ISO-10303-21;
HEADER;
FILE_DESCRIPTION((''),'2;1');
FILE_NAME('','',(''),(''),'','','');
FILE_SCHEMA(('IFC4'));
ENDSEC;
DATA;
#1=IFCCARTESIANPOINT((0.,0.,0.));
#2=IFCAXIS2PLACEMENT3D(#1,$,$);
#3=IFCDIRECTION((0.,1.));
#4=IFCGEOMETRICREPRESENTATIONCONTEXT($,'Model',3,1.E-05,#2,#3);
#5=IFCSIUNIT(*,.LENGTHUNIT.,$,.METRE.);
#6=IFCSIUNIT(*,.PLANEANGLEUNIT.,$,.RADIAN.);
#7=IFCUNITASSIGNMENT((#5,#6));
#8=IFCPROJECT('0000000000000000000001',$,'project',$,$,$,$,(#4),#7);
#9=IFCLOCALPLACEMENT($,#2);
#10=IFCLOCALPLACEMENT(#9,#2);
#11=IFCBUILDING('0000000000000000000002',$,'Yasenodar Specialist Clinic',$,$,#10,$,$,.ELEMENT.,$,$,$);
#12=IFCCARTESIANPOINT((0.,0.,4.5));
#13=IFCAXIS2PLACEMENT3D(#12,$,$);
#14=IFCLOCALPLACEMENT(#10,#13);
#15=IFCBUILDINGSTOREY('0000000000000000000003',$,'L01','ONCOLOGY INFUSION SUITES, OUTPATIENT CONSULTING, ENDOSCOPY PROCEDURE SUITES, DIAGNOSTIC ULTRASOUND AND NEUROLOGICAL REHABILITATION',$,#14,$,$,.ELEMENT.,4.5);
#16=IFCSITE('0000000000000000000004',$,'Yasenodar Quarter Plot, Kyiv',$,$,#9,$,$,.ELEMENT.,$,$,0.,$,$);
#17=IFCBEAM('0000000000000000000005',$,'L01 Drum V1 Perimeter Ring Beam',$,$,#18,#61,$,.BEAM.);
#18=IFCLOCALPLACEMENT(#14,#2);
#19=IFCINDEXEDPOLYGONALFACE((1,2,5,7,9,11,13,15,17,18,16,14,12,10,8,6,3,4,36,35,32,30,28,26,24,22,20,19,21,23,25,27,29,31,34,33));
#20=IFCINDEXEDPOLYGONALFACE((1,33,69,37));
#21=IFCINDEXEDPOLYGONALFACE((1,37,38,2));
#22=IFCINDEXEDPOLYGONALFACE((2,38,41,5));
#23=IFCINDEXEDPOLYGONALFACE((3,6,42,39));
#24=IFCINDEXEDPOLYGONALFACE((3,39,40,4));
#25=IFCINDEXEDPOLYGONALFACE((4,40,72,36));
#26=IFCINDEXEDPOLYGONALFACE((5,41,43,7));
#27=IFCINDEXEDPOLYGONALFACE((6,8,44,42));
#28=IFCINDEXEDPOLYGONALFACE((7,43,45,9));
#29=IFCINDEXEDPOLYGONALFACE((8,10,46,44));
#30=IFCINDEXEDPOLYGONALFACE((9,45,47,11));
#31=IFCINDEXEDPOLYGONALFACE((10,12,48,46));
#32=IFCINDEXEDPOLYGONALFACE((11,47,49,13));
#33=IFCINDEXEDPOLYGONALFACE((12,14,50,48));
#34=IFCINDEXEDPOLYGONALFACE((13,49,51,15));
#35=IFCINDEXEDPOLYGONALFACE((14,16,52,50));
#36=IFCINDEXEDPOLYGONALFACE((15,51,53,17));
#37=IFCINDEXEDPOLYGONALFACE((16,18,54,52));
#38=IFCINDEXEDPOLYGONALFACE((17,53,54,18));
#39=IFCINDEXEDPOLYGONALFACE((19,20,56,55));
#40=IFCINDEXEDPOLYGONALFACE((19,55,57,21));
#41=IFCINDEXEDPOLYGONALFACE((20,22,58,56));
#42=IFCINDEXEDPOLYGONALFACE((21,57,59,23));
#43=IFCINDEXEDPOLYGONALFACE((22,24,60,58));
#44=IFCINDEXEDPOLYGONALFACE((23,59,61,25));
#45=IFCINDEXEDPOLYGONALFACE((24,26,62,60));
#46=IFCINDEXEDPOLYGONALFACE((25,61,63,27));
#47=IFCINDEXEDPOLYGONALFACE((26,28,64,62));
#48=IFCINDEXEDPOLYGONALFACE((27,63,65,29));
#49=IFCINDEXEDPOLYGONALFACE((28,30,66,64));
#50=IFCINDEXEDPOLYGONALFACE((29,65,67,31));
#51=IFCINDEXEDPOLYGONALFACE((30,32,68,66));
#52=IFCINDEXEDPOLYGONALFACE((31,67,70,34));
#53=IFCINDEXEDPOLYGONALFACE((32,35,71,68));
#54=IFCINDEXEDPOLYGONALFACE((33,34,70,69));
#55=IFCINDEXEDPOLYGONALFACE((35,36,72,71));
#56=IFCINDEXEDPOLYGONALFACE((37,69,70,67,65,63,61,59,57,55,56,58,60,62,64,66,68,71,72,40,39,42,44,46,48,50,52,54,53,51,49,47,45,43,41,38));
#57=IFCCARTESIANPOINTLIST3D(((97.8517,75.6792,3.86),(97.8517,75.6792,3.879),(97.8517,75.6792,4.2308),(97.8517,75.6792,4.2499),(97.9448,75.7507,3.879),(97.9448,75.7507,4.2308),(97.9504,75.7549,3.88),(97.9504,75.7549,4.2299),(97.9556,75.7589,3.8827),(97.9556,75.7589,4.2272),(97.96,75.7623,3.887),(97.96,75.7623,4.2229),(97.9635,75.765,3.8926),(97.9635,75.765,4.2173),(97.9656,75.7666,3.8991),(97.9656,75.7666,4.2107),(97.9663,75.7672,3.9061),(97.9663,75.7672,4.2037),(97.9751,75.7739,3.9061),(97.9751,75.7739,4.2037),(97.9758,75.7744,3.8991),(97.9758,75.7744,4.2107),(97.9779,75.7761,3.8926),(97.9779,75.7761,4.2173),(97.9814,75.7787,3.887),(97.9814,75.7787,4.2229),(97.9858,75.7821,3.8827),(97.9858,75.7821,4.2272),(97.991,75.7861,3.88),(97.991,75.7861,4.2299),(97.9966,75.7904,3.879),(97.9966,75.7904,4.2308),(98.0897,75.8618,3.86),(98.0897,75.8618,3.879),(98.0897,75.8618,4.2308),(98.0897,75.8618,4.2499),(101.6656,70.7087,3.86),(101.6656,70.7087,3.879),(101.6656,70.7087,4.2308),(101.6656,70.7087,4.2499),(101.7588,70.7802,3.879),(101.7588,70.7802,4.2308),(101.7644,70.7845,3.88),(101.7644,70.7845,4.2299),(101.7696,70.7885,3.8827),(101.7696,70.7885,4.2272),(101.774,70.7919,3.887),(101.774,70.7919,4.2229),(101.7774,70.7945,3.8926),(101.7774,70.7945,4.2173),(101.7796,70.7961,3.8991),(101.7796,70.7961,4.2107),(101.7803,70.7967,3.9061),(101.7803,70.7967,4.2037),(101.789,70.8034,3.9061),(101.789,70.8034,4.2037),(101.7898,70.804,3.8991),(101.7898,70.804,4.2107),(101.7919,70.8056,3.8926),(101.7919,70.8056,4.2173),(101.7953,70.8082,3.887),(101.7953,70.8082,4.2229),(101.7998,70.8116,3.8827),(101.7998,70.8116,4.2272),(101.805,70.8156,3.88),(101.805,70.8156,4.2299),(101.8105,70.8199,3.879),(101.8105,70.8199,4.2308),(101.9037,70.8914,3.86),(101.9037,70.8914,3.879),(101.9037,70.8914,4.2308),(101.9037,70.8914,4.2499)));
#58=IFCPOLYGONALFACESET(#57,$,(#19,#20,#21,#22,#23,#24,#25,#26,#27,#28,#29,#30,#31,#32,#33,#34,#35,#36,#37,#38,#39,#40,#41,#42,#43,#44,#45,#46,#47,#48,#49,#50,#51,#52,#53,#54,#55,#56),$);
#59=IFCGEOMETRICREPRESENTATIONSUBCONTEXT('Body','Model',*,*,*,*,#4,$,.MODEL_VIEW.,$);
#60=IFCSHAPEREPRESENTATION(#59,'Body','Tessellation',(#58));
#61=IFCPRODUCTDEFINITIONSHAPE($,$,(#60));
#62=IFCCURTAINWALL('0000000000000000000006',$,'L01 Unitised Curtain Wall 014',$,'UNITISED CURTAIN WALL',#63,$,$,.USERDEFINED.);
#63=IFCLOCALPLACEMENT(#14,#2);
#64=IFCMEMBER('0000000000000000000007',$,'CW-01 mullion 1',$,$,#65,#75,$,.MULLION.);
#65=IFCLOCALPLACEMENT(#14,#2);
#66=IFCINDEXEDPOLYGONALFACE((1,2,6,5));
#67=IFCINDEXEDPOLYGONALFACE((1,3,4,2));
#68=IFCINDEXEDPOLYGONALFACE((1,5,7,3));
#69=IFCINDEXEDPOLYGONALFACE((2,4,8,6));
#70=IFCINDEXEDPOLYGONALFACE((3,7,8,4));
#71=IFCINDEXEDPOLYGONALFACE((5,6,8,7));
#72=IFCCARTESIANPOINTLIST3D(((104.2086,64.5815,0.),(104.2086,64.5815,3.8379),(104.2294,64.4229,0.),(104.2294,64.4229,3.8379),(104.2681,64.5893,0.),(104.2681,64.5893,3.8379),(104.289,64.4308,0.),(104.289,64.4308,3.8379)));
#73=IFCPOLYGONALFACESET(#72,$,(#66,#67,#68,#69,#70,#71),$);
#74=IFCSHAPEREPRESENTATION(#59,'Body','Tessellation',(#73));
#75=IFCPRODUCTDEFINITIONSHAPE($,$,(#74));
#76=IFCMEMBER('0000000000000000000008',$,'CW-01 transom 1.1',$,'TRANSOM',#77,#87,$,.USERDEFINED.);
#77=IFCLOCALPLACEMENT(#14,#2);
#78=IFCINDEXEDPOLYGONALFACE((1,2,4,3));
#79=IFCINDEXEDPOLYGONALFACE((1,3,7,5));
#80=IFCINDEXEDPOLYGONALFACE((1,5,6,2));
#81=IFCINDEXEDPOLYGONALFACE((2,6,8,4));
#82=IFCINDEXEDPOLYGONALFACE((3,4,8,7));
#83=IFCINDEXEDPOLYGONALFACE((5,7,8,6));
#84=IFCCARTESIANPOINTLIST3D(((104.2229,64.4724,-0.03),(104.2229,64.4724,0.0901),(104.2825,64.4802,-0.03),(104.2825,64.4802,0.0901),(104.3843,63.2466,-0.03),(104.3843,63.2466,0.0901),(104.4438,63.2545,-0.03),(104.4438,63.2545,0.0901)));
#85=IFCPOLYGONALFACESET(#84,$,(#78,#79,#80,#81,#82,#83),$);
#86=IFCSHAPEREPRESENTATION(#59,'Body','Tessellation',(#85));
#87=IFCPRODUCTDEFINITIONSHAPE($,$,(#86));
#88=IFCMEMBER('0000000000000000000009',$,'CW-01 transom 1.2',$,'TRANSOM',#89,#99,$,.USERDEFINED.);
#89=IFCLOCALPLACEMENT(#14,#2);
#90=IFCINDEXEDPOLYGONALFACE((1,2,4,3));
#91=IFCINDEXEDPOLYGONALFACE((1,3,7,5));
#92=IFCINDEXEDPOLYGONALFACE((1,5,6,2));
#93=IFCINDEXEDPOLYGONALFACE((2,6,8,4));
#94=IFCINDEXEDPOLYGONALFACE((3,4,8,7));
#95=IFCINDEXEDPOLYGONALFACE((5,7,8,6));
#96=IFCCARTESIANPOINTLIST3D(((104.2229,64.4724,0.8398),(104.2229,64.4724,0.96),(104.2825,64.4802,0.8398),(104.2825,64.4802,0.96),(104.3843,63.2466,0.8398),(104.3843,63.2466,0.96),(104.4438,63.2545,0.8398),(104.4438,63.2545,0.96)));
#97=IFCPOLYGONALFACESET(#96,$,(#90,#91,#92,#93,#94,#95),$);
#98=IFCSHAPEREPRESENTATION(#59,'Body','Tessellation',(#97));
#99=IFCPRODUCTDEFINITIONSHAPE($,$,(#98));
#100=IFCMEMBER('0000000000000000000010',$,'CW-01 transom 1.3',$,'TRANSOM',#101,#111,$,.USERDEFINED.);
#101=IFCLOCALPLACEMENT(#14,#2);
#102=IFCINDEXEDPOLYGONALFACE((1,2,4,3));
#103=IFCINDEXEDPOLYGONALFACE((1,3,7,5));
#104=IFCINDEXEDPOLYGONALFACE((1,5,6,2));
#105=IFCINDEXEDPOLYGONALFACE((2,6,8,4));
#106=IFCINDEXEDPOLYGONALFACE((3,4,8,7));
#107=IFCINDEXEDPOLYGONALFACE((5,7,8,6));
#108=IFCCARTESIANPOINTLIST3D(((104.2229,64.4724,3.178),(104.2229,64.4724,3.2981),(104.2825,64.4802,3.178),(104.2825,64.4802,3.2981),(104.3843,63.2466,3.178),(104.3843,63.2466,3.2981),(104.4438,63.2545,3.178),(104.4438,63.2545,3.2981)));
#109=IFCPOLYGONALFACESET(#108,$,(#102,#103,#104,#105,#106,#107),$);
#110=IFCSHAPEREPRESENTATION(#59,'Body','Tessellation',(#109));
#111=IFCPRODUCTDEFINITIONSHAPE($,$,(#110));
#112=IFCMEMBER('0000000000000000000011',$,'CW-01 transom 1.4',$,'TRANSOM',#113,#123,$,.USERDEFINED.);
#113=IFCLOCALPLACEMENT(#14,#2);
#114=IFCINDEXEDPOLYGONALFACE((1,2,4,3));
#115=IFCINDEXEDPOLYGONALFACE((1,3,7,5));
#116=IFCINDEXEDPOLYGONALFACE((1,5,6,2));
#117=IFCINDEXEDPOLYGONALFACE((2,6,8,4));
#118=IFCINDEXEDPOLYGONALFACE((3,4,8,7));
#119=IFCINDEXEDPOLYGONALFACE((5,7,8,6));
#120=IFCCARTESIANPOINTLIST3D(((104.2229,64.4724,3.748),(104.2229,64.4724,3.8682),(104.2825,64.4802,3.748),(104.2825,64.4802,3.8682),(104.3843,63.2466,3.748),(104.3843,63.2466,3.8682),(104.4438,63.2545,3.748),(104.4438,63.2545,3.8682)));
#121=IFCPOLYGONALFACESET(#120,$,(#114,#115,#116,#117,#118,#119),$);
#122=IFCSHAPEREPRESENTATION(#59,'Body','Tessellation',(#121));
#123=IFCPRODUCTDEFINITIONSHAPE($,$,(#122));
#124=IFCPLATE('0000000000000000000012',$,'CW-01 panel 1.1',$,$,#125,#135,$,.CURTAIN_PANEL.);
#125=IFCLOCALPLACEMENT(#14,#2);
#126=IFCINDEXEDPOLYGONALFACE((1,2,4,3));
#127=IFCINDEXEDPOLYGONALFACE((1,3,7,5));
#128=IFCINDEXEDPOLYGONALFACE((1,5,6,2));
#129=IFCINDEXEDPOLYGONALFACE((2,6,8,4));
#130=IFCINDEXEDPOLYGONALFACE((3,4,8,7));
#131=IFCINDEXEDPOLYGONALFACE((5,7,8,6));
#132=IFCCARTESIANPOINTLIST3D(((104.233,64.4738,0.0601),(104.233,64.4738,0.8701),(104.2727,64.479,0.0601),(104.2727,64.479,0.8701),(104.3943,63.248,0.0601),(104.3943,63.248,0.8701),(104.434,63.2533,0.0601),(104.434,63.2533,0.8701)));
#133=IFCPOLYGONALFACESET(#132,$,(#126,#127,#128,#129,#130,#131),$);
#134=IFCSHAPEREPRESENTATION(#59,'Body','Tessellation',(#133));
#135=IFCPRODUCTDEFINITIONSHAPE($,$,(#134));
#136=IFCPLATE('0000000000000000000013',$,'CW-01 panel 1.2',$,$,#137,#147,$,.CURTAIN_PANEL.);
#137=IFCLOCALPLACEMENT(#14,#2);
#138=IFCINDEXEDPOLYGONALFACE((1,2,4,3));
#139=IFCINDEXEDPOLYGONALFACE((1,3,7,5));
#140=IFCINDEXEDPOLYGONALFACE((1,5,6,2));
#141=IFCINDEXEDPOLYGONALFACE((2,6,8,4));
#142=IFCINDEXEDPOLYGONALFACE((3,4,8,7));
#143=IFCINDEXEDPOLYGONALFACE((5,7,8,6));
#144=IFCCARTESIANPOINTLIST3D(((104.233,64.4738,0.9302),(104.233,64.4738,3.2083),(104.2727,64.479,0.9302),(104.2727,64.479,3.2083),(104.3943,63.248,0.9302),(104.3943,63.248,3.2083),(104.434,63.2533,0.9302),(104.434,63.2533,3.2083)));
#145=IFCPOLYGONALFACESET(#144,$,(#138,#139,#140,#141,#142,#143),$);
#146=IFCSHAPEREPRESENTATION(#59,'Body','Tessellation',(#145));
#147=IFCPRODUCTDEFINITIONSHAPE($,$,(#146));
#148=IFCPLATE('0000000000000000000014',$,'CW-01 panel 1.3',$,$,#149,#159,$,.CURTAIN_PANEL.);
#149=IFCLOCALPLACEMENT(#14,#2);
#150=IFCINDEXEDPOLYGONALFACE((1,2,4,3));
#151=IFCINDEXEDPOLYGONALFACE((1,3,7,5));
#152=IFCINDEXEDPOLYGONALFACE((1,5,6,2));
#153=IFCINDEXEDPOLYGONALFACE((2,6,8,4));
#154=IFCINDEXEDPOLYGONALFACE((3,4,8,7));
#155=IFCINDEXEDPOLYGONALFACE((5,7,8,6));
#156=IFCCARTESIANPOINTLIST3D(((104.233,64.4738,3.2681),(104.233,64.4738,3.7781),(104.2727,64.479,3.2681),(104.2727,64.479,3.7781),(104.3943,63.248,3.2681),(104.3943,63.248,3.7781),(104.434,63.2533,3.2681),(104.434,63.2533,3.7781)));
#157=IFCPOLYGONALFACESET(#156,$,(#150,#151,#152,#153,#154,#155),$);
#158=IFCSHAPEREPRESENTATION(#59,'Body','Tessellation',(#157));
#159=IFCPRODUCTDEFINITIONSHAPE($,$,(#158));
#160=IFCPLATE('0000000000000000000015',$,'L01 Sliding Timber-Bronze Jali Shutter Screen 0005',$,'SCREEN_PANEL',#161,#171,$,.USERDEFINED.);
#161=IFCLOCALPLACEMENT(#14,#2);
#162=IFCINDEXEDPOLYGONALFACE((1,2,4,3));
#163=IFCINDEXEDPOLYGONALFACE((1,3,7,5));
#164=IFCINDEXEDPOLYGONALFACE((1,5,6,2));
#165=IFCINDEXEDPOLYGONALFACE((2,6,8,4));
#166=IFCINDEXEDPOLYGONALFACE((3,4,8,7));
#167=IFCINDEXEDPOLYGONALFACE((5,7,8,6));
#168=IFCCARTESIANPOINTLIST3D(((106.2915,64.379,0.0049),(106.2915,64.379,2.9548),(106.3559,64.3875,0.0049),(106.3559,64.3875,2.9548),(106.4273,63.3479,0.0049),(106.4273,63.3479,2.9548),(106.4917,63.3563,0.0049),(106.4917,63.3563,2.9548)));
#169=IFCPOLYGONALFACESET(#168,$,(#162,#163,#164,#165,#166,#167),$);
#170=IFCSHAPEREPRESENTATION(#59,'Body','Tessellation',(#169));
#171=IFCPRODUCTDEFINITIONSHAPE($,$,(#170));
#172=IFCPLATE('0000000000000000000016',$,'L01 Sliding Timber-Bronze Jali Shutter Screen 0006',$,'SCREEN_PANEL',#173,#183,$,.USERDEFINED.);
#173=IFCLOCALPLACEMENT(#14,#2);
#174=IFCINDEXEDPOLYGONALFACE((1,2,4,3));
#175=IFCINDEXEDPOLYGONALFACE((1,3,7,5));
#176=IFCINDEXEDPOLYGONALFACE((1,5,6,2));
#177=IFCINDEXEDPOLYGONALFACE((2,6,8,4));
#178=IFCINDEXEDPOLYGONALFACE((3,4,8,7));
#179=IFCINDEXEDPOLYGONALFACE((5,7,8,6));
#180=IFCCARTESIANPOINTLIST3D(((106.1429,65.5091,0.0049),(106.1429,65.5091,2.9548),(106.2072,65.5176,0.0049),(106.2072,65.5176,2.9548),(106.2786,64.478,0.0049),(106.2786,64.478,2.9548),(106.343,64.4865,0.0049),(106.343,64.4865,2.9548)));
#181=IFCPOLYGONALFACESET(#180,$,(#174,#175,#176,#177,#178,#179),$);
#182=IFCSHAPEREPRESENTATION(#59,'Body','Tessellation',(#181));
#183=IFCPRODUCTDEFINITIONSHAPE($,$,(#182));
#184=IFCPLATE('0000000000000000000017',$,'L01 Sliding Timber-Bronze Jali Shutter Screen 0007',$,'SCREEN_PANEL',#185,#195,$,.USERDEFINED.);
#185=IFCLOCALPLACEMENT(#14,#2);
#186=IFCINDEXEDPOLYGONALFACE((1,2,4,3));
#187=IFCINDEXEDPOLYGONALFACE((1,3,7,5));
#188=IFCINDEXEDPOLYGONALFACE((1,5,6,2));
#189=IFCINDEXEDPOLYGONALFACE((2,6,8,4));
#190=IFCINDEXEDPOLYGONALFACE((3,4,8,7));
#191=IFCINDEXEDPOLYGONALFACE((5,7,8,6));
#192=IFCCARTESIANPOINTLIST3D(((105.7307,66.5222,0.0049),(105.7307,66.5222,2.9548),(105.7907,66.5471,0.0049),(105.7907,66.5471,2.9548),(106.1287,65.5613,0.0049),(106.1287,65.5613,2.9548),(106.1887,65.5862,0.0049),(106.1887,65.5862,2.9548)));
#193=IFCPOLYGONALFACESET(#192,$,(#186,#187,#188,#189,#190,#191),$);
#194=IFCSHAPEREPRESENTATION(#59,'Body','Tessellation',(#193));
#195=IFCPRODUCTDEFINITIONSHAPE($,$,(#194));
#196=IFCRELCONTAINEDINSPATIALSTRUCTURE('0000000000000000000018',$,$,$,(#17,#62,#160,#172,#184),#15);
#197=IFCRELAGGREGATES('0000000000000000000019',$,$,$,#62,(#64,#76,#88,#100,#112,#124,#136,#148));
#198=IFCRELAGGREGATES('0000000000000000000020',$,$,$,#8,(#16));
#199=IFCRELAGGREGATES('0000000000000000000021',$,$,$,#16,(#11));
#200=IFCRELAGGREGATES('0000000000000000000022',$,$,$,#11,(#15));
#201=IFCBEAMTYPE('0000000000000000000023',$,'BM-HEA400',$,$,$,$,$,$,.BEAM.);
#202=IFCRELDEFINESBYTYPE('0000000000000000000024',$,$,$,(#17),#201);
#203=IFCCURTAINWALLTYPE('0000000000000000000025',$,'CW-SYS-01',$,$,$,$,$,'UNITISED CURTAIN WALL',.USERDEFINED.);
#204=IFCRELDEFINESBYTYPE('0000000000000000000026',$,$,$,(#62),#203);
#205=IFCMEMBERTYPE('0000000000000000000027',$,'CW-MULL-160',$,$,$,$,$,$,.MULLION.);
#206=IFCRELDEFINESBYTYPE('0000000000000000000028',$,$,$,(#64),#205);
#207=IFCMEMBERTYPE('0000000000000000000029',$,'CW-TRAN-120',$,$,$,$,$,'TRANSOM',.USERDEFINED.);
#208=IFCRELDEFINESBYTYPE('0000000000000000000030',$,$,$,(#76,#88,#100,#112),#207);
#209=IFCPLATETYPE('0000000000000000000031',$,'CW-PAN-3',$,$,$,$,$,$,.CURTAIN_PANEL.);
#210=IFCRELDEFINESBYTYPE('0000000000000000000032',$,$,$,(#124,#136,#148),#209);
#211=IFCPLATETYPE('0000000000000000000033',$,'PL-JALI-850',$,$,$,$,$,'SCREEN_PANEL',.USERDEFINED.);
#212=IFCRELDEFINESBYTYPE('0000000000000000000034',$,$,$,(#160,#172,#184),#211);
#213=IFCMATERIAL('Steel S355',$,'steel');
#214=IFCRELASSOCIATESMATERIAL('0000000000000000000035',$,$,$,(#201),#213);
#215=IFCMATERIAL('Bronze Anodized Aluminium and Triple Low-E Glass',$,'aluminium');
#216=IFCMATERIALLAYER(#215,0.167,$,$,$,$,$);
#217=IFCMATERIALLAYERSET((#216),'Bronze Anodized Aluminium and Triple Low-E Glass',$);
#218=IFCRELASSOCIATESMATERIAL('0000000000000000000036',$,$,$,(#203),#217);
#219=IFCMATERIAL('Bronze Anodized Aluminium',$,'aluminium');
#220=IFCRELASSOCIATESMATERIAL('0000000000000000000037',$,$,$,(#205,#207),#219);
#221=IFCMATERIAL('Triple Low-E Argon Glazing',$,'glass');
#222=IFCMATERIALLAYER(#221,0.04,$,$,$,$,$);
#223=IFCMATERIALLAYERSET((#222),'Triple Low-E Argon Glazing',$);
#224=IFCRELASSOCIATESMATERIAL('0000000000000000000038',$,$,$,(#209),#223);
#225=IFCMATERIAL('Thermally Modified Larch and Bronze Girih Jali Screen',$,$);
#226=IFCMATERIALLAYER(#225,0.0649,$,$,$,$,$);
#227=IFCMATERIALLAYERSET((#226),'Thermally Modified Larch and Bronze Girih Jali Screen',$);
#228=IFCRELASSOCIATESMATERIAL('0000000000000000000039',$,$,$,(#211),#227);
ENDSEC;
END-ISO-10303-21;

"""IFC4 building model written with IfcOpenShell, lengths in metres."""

from ifc_helpers import new_model, si_unit, direction, frame, origin, origin_2d, place, context, subcontext, project, spatial, rectangle, i_section, extrude, material, layer, layer_set, material_profile, profile_set, type_object, element, aggregate, save


model = new_model("IFC4")

# Units and contexts
model_context = context("Model", 3, precision=1e-05, world=origin(), true_north=direction((0.0, 1.0)))
body_context = subcontext(model_context, "Body", "Model", "MODEL_VIEW")
ifc_project = project(units=[si_unit("LENGTHUNIT", "METRE"), si_unit("PLANEANGLEUNIT", "RADIAN")], contexts=[model_context])

# Site, building, storey
site_placement = place(None, origin())
site = spatial("IfcSite", under=ifc_project, at=site_placement, Name="Yasenodar Quarter Plot, Kyiv", CompositionType="ELEMENT", RefElevation=0.0)
building_placement = place(site_placement, origin())
building = spatial("IfcBuilding", under=site, at=building_placement, Name="Yasenodar Specialist Clinic", CompositionType="ELEMENT")
storey_placement = place(building_placement, frame((0.0, 0.0, 4.5)))
storey = spatial("IfcBuildingStorey", under=building, at=storey_placement, Name="L01", Description="ONCOLOGY INFUSION SUITES, OUTPATIENT CONSULTING, ENDOSCOPY PROCEDURE SUITES, DIAGNOSTIC ULTRASOUND AND NEUROLOGICAL REHABILITATION", CompositionType="ELEMENT", Elevation=4.5)

# Shared definitions
ifc_material_1 = material(Name="Steel S355", Category="steel")

# Beam
ifc_material_profile_1 = material_profile(ifc_material_1, i_section(OverallWidth=0.3, OverallDepth=0.3899, WebThickness=0.011, FlangeThickness=0.019, FilletRadius=0.0271, at=origin_2d()), Name="HEA 400")
ifc_profile_set_1 = profile_set([ifc_material_profile_1], Name="Steel S355")
beam_type = type_object("IfcBeamType", Name="BM-HEA400", PredefinedType="BEAM", material=ifc_profile_set_1)
for number, where, z_axis, x_axis, name in (
    (1, (101.7847, 70.8, 4.0549), (-0.608761, 0.793354, 0.0), (-0.793354, -0.608761, 0.0), "L01 Drum V1 Perimeter Ring Beam"),
):
    element("IfcBeam", number, at=place(storey_placement, frame(where, z_axis=z_axis, x_axis=x_axis)), inside=storey, type_object=beam_type, Name=name, PredefinedType="BEAM", context=body_context, shape_type="SweptSolid", body=[
        extrude(i_section(OverallWidth=0.3, OverallDepth=0.3899, WebThickness=0.011, FlangeThickness=0.019, FilletRadius=0.0271, at=origin_2d()), origin(), (0.0, 0.0, 1.0), 6.2651),
    ])

# Curtain wall, members, plates
ifc_material_2 = material(Name="Bronze Anodized Aluminium and Triple Low-E Glass", Category="aluminium")
ifc_layer_1 = layer(ifc_material_2, 0.167)
ifc_layer_set_1 = layer_set([ifc_layer_1], Name="Bronze Anodized Aluminium and Triple Low-E Glass")
curtain_wall_type = type_object("IfcCurtainWallType", Name="CW-SYS-01", ElementType="UNITISED CURTAIN WALL", PredefinedType="USERDEFINED", material=ifc_layer_set_1)
curtain_wall_placement = place(storey_placement, origin())
curtain_wall = element("IfcCurtainWall", 2, at=curtain_wall_placement, inside=storey, type_object=curtain_wall_type, Name="L01 Unitised Curtain Wall 014", ObjectType="UNITISED CURTAIN WALL", PredefinedType="USERDEFINED")
ifc_material_3 = material(Name="Bronze Anodized Aluminium", Category="aluminium")
ifc_material_profile_2 = material_profile(ifc_material_3, rectangle(XDim=0.0601, YDim=0.1599, at=origin_2d()), Name="CW-MULL 60x160")
ifc_profile_set_2 = profile_set([ifc_material_profile_2], Name="Bronze Anodized Aluminium")
member_type_1 = type_object("IfcMemberType", Name="CW-MULL-160", PredefinedType="MULLION", material=ifc_profile_set_2)
member_1_placement = place(storey_placement, frame((104.2488, 64.5061, 0.0), z_axis=(0.0, 0.0, 1.0), x_axis=(0.991447, 0.130512, 0.0)))
member_1 = element("IfcMember", 3, at=member_1_placement, type_object=member_type_1, Name="CW-01 mullion 1", PredefinedType="MULLION", context=body_context, shape_type="SweptSolid", body=[
    extrude(rectangle(XDim=0.0601, YDim=0.1599, at=origin_2d()), origin(), (0.0, 0.0, 1.0), 3.8379),
])
ifc_material_profile_3 = material_profile(ifc_material_3, rectangle(XDim=0.0601, YDim=0.1201, at=origin_2d()), Name="CW-TRAN 60x120")
ifc_profile_set_3 = profile_set([ifc_material_profile_3], Name="Bronze Anodized Aluminium")
member_type_2 = type_object("IfcMemberType", Name="CW-TRAN-120", ElementType="TRANSOM", PredefinedType="USERDEFINED", material=ifc_profile_set_3)
member_2_placement = place(storey_placement, frame((104.2527, 64.4763, 0.03), z_axis=(0.130521, -0.991446, 0.0), x_axis=(0.991446, 0.130521, 0.0)))
member_2 = element("IfcMember", 4, at=member_2_placement, type_object=member_type_2, Name="CW-01 transom 1.1", ObjectType="TRANSOM", PredefinedType="USERDEFINED", context=body_context, shape_type="SweptSolid", body=[
    extrude(rectangle(XDim=0.0601, YDim=0.1201, at=origin_2d()), origin(), (0.0, 0.0, 1.0), 1.2363),
])
member_3_placement = place(storey_placement, frame((104.2527, 64.4763, 0.8999), z_axis=(0.130521, -0.991446, 0.0), x_axis=(0.991446, 0.130521, 0.0)))
member_3 = element("IfcMember", 5, at=member_3_placement, type_object=member_type_2, Name="CW-01 transom 1.2", ObjectType="TRANSOM", PredefinedType="USERDEFINED", context=body_context, shape_type="SweptSolid", body=[
    extrude(rectangle(XDim=0.0601, YDim=0.1201, at=origin_2d()), origin(), (0.0, 0.0, 1.0), 1.2363),
])
member_4_placement = place(storey_placement, frame((104.2527, 64.4763, 3.238), z_axis=(0.130521, -0.991446, 0.0), x_axis=(0.991446, 0.130521, 0.0)))
member_4 = element("IfcMember", 6, at=member_4_placement, type_object=member_type_2, Name="CW-01 transom 1.3", ObjectType="TRANSOM", PredefinedType="USERDEFINED", context=body_context, shape_type="SweptSolid", body=[
    extrude(rectangle(XDim=0.0601, YDim=0.1201, at=origin_2d()), origin(), (0.0, 0.0, 1.0), 1.2363),
])
member_5_placement = place(storey_placement, frame((104.2527, 64.4763, 3.8081), z_axis=(0.130521, -0.991446, 0.0), x_axis=(0.991446, 0.130521, 0.0)))
member_5 = element("IfcMember", 7, at=member_5_placement, type_object=member_type_2, Name="CW-01 transom 1.4", ObjectType="TRANSOM", PredefinedType="USERDEFINED", context=body_context, shape_type="SweptSolid", body=[
    extrude(rectangle(XDim=0.0601, YDim=0.1201, at=origin_2d()), origin(), (0.0, 0.0, 1.0), 1.2363),
])
ifc_material_4 = material(Name="Triple Low-E Argon Glazing", Category="glass")
ifc_layer_2 = layer(ifc_material_4, 0.04)
ifc_layer_set_2 = layer_set([ifc_layer_2], Name="Triple Low-E Argon Glazing")
plate_type_1 = type_object("IfcPlateType", Name="CW-PAN-3", PredefinedType="CURTAIN_PANEL", material=ifc_layer_set_2)
plate_1_placement = place(storey_placement, frame((104.3335, 63.8635, 0.0601), z_axis=(0.0, 0.0, 1.0), x_axis=(0.130512, -0.991447, 0.0)))
plate_1 = element("IfcPlate", 8, at=plate_1_placement, type_object=plate_type_1, Name="CW-01 panel 1.1", PredefinedType="CURTAIN_PANEL", context=body_context, shape_type="SweptSolid", body=[
    extrude(rectangle(XDim=1.2363, YDim=0.04, at=origin_2d()), origin(), (0.0, 0.0, 1.0), 0.8101),
])
plate_2_placement = place(storey_placement, frame((104.3335, 63.8635, 0.9302), z_axis=(0.0, 0.0, 1.0), x_axis=(0.130512, -0.991447, 0.0)))
plate_2 = element("IfcPlate", 9, at=plate_2_placement, type_object=plate_type_1, Name="CW-01 panel 1.2", PredefinedType="CURTAIN_PANEL", context=body_context, shape_type="SweptSolid", body=[
    extrude(rectangle(XDim=1.2363, YDim=0.04, at=origin_2d()), origin(), (0.0, 0.0, 1.0), 2.2781),
])
plate_3_placement = place(storey_placement, frame((104.3335, 63.8635, 3.2681), z_axis=(0.0, 0.0, 1.0), x_axis=(0.130512, -0.991447, 0.0)))
plate_3 = element("IfcPlate", 10, at=plate_3_placement, type_object=plate_type_1, Name="CW-01 panel 1.3", PredefinedType="CURTAIN_PANEL", context=body_context, shape_type="SweptSolid", body=[
    extrude(rectangle(XDim=1.2363, YDim=0.04, at=origin_2d()), origin(), (0.0, 0.0, 1.0), 0.51),
])
aggregate(curtain_wall, [member_1, member_2, member_3, member_4, member_5, plate_1, plate_2, plate_3])

# Plates
ifc_material_5 = material(Name="Thermally Modified Larch and Bronze Girih Jali Screen")
ifc_layer_3 = layer(ifc_material_5, 0.0649)
ifc_layer_set_3 = layer_set([ifc_layer_3], Name="Thermally Modified Larch and Bronze Girih Jali Screen")
plate_type_2 = type_object("IfcPlateType", Name="PL-JALI-850", ElementType="SCREEN_PANEL", PredefinedType="USERDEFINED", material=ifc_layer_set_3)
for number, where, z_axis, x_axis, name in (
    (11, (106.3916, 63.8677, 0.0049), (0.0, 0.0, 1.0), (-0.130519, 0.991446, 0.0), "L01 Sliding Timber-Bronze Jali Shutter Screen 0005"),
    (12, (106.2429, 64.9978, 0.0049), (0.0, 0.0, 1.0), (-0.130519, 0.991446, 0.0), "L01 Sliding Timber-Bronze Jali Shutter Screen 0006"),
    (13, (105.9597, 66.0542, 0.0049), (0.0, 0.0, 1.0), (-0.382687, 0.923878, 0.0), "L01 Sliding Timber-Bronze Jali Shutter Screen 0007"),
):
    element("IfcPlate", number, at=place(storey_placement, frame(where, z_axis=z_axis, x_axis=x_axis)), inside=storey, type_object=plate_type_2, Name=name, ObjectType="SCREEN_PANEL", PredefinedType="USERDEFINED", context=body_context, shape_type="SweptSolid", body=[
        extrude(rectangle(XDim=1.04, YDim=0.0649, at=origin_2d()), origin(), (0.0, 0.0, 1.0), 2.95),
    ])

save(model, "model.ifc")
